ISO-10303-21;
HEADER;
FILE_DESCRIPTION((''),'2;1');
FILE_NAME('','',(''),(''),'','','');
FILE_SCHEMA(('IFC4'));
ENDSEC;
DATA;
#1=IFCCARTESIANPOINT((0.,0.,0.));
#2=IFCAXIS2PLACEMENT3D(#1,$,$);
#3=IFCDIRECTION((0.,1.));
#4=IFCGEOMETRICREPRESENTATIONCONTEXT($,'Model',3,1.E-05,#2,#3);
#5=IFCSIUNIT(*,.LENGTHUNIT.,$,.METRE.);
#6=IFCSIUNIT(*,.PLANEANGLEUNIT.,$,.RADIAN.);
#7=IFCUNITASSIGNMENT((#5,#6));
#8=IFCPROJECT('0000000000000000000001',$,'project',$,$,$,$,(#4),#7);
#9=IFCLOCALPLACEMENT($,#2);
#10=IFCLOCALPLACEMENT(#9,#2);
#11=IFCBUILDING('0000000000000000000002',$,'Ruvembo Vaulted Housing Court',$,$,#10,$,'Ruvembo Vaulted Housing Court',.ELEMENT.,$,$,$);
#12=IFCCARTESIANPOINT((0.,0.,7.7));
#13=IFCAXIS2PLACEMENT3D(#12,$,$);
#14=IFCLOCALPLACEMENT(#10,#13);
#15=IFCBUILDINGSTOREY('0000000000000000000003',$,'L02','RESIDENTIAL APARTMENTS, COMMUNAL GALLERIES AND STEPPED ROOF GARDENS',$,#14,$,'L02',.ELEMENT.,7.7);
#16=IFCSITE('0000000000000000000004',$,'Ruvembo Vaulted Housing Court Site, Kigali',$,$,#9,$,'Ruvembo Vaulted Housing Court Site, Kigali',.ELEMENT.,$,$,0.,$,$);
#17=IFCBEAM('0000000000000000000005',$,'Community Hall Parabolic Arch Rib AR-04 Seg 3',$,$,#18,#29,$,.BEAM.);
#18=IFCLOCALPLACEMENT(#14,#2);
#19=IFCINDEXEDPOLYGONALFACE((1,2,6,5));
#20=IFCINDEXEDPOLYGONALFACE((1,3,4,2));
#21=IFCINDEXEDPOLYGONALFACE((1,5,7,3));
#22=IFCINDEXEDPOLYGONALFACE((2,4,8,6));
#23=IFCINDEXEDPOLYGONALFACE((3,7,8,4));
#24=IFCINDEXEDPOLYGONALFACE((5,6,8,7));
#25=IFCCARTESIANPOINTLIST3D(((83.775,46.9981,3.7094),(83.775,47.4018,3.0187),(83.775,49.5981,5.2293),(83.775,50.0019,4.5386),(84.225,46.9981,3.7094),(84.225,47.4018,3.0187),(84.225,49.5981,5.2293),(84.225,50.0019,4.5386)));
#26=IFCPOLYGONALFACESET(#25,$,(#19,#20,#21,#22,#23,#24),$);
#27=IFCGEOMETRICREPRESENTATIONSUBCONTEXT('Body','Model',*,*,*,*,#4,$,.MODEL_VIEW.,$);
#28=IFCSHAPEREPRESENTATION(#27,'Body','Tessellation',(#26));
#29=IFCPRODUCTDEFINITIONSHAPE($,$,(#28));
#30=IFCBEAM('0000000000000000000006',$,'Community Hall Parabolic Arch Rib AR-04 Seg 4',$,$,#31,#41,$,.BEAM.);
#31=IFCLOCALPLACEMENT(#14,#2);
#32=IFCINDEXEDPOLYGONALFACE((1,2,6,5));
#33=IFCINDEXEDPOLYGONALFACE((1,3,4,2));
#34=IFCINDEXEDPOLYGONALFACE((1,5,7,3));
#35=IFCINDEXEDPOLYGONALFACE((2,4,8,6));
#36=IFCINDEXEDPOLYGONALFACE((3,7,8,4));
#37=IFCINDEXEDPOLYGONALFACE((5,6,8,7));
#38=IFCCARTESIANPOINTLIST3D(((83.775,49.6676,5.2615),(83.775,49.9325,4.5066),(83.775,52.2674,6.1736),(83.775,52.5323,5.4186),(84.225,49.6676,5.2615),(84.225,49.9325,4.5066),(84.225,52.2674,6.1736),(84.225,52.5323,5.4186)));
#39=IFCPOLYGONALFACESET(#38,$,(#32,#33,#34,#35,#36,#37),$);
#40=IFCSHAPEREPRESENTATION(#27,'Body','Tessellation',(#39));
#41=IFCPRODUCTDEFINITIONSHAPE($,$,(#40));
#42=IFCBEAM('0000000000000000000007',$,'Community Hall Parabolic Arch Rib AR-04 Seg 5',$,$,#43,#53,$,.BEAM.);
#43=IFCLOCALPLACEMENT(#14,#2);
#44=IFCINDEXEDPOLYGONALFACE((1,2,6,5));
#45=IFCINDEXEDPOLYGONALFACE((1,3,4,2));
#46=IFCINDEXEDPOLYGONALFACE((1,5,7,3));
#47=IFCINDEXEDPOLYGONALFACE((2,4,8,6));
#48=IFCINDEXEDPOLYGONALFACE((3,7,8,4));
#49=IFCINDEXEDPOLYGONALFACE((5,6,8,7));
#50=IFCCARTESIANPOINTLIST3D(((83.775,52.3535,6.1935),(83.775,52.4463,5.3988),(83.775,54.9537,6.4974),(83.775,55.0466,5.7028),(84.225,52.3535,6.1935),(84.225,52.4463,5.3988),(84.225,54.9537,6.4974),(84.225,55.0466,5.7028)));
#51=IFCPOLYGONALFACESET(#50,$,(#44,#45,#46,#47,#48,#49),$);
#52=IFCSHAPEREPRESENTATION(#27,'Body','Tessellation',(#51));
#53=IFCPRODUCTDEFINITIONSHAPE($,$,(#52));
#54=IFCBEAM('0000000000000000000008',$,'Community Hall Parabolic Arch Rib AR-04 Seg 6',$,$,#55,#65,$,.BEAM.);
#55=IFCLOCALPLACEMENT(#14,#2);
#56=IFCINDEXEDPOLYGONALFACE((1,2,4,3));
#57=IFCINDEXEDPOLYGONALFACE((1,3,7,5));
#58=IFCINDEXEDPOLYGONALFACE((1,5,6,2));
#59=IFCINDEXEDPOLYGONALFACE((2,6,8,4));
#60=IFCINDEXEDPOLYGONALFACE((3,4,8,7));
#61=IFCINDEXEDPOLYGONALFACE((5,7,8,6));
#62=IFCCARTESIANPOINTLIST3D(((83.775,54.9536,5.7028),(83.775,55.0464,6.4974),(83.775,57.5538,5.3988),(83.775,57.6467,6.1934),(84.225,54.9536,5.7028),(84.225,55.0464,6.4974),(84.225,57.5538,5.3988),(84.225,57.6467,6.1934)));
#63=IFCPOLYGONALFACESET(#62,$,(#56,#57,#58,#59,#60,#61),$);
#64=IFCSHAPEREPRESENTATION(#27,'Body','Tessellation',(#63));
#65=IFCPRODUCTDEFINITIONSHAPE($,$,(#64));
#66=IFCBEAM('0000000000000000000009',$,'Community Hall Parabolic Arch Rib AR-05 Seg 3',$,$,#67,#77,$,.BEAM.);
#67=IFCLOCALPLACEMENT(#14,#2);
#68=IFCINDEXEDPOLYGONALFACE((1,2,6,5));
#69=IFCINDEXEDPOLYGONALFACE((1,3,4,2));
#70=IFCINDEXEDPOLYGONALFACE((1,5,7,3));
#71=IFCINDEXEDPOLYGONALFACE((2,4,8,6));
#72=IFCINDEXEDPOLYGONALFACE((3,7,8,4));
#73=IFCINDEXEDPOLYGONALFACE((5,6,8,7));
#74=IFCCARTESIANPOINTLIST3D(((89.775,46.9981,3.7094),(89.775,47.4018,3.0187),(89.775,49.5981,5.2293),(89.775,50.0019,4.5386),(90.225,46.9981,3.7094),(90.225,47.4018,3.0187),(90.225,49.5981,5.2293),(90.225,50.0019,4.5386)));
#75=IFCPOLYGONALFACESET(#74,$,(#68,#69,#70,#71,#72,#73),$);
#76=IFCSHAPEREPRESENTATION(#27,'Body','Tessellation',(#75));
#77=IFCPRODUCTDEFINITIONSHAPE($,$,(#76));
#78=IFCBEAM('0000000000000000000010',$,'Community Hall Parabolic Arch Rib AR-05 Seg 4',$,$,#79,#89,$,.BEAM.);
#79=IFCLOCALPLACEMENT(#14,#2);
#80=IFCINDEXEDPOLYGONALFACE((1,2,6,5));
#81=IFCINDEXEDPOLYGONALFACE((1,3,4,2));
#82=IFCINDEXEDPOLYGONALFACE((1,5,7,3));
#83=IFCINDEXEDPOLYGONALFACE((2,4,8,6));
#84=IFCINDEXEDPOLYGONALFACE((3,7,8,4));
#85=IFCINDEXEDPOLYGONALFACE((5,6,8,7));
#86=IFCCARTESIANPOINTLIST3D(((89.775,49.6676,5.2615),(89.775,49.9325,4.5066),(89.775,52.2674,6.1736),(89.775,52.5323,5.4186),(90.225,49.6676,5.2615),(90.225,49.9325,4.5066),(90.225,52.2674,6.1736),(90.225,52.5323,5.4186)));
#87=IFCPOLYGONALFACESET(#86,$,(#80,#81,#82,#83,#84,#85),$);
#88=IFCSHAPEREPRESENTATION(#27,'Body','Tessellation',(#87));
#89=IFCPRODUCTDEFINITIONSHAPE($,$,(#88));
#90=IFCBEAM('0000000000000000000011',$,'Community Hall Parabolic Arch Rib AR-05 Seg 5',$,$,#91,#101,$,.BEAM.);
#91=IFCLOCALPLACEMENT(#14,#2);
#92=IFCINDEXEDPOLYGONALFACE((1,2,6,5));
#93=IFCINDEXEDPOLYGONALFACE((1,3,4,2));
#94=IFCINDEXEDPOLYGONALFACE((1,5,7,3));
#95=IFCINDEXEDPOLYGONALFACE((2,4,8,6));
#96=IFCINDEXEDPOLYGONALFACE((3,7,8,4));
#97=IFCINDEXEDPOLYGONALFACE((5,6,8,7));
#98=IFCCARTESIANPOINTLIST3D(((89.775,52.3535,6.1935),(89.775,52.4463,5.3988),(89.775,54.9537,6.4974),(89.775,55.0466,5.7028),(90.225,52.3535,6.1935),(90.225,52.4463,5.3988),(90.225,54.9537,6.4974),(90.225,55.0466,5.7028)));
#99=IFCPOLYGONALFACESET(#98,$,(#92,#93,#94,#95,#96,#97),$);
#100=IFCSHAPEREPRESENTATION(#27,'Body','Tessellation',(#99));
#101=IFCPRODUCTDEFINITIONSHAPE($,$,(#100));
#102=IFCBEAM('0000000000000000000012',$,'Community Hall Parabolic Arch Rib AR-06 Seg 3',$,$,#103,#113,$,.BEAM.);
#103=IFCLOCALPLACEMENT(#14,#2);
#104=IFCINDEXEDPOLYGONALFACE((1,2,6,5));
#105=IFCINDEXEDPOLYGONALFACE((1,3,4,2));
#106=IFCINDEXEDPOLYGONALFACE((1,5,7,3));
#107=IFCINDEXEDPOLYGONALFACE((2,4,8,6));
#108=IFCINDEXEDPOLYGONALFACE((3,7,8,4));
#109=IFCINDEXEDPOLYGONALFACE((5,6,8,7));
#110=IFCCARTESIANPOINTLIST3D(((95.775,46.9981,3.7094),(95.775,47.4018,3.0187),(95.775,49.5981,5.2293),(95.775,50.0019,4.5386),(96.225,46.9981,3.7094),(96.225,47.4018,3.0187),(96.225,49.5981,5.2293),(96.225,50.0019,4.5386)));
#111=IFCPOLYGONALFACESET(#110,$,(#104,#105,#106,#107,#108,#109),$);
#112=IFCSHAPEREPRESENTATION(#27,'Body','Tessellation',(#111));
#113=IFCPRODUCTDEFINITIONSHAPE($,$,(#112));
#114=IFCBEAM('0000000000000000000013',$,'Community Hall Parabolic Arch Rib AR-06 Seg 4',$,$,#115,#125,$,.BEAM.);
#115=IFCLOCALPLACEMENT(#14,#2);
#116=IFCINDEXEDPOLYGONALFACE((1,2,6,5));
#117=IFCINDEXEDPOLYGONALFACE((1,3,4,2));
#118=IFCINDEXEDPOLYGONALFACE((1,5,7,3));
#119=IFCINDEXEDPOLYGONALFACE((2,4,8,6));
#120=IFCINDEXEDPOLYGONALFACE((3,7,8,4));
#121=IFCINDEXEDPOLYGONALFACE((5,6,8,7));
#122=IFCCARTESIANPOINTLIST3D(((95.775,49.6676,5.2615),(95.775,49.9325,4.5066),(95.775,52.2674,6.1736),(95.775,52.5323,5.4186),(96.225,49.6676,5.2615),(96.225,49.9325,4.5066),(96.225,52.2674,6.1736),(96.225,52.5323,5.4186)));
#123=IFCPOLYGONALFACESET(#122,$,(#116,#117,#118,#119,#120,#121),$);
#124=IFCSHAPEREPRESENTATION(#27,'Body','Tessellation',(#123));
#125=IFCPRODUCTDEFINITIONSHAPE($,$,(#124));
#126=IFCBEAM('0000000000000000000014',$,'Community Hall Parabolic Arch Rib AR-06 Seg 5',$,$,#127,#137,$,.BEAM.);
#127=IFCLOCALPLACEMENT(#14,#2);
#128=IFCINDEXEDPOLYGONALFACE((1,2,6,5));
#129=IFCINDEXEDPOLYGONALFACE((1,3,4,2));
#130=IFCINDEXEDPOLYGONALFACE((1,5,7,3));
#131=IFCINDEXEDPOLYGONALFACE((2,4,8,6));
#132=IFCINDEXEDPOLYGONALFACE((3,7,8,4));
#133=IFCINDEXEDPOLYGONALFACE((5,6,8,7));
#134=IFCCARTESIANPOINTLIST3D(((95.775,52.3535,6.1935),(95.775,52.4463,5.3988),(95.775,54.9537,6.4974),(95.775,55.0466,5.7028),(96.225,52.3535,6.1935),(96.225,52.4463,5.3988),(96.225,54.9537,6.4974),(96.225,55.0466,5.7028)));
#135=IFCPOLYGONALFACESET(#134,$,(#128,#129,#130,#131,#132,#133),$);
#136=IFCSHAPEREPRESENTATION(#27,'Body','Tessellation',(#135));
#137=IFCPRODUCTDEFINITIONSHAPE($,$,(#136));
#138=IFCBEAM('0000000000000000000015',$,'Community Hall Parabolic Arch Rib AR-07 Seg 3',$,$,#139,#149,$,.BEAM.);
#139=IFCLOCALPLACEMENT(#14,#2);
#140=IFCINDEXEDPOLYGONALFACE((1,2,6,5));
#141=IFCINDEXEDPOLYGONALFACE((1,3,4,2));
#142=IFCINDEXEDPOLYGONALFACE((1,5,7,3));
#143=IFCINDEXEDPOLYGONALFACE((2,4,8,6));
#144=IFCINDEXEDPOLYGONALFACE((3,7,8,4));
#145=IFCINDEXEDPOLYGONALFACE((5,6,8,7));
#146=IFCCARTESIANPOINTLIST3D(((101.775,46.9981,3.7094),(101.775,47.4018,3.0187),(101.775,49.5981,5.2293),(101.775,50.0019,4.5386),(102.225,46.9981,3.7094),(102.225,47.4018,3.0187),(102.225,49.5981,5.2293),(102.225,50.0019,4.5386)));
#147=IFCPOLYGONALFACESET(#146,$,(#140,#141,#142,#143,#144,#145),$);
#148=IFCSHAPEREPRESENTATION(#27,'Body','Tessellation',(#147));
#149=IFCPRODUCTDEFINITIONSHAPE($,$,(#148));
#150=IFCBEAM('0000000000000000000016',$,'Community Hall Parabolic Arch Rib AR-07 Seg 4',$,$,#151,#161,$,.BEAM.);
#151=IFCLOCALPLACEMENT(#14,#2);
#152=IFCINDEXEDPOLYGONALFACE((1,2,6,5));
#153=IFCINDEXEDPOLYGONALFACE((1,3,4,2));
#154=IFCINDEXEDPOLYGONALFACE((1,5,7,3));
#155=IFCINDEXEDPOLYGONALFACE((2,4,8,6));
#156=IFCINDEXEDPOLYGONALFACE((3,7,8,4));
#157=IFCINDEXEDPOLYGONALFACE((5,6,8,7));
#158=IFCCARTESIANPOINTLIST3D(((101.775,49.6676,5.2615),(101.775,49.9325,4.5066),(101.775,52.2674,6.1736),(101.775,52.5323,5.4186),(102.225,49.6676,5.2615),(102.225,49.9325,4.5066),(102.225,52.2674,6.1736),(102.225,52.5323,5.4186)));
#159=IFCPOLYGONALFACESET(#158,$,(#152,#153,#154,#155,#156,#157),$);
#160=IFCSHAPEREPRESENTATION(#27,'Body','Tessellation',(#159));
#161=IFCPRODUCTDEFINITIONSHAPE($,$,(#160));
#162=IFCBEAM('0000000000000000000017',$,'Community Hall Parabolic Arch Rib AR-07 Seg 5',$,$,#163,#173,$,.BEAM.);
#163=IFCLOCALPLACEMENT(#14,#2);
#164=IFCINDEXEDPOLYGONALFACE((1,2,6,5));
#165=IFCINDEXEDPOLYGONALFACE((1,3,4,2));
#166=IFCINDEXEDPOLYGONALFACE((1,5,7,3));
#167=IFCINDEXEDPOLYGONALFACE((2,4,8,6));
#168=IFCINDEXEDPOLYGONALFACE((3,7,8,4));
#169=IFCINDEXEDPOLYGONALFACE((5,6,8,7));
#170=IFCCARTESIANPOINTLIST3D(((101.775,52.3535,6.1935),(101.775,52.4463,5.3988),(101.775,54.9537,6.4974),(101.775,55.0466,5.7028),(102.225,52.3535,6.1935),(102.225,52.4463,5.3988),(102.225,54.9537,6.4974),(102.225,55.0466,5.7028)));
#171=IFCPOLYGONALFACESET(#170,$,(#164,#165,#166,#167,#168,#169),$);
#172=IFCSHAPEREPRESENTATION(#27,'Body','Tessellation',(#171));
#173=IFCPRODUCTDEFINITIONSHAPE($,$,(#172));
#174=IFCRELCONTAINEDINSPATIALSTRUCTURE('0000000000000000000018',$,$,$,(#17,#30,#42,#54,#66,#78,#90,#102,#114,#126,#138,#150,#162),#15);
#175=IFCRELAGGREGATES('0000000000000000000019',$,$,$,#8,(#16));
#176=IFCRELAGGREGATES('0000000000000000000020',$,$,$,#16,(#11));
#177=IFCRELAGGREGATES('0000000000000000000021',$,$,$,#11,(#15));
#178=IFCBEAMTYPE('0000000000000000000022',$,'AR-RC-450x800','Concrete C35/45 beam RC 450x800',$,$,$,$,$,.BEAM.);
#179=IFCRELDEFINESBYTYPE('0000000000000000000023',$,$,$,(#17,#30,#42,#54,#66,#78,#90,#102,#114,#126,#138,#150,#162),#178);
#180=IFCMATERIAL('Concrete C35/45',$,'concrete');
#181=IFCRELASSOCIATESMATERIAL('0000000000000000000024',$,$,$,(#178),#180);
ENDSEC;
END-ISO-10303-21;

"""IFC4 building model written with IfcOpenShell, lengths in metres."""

from ifc_helpers import new_model, si_unit, direction, frame, origin, origin_2d, place, context, subcontext, project, spatial, rectangle, extrude, material, material_profile, profile_set, type_object, element, save


model = new_model("IFC4")

# Units and contexts
model_context = context("Model", 3, precision=1e-05, world=origin(), true_north=direction((0.0, 1.0)))
body_context = subcontext(model_context, "Body", "Model", "MODEL_VIEW")
ifc_project = project(units=[si_unit("LENGTHUNIT", "METRE"), si_unit("PLANEANGLEUNIT", "RADIAN")], contexts=[model_context])

# Site, building, storey
site_placement = place(None, origin())
site = spatial("IfcSite", under=ifc_project, at=site_placement, Name="Ruvembo Vaulted Housing Court Site, Kigali", LongName="Ruvembo Vaulted Housing Court Site, Kigali", CompositionType="ELEMENT", RefElevation=0.0)
building_placement = place(site_placement, origin())
building = spatial("IfcBuilding", under=site, at=building_placement, Name="Ruvembo Vaulted Housing Court", LongName="Ruvembo Vaulted Housing Court", CompositionType="ELEMENT")
storey_placement = place(building_placement, frame((0.0, 0.0, 7.7)))
storey = spatial("IfcBuildingStorey", under=building, at=storey_placement, Name="L02", Description="RESIDENTIAL APARTMENTS, COMMUNAL GALLERIES AND STEPPED ROOF GARDENS", LongName="L02", CompositionType="ELEMENT", Elevation=7.7)

# Beams
ifc_material_1 = material(Name="Concrete C35/45", Category="concrete")
ifc_material_profile_1 = material_profile(ifc_material_1, rectangle(XDim=0.45, YDim=0.8, at=origin_2d()), Name="RC 450x800")
ifc_profile_set_1 = profile_set([ifc_material_profile_1], Name="Concrete C35/45")
beam_type_1 = type_object("IfcBeamType", Name="AR-RC-450x800", Description="Concrete C35/45 beam RC 450x800", PredefinedType="BEAM", material=ifc_profile_set_1)
beam_1_placement = place(storey_placement, frame((84.0, 47.2, 3.364), z_axis=(0.0, 0.863302, 0.504687), x_axis=(-1.0, 0.0, 0.0)))
element("IfcBeam", 1, at=beam_1_placement, inside=storey, type_object=beam_type_1, Name="Community Hall Parabolic Arch Rib AR-04 Seg 3", PredefinedType="BEAM", context=body_context, shape_type="SweptSolid", body=[
    extrude(rectangle(XDim=0.45, YDim=0.8, at=origin_2d()), origin(), (0.0, 0.0, 1.0), 3.0117),
])
beam_2_placement = place(storey_placement, frame((84.0, 49.8, 4.884), z_axis=(0.0, 0.943614, 0.331049), x_axis=(-1.0, 0.0, 0.0)))
element("IfcBeam", 2, at=beam_2_placement, inside=storey, type_object=beam_type_1, Name="Community Hall Parabolic Arch Rib AR-04 Seg 4", PredefinedType="BEAM", context=body_context, shape_type="SweptSolid", body=[
    extrude(rectangle(XDim=0.45, YDim=0.8, at=origin_2d()), origin(), (0.0, 0.0, 1.0), 2.7551),
])
for number, where, z_axis, x_axis, name in (
    (3, (84.0, 52.3999, 5.7961), (0.0, 0.993236, 0.116111), (-1.0, 0.0, 0.0), "Community Hall Parabolic Arch Rib AR-04 Seg 5"),
    (4, (84.0, 55.0, 6.1001), (0.0, 0.993236, -0.116111), (-1.0, 0.0, 0.0), "Community Hall Parabolic Arch Rib AR-04 Seg 6"),
):
    element("IfcBeam", number, at=place(storey_placement, frame(where, z_axis=z_axis, x_axis=x_axis)), inside=storey, type_object=beam_type_1, Name=name, PredefinedType="BEAM", context=body_context, shape_type="SweptSolid", body=[
        extrude(rectangle(XDim=0.45, YDim=0.8, at=origin_2d()), origin(), (0.0, 0.0, 1.0), 2.6179),
    ])
beam_3_placement = place(storey_placement, frame((90.0, 47.2, 3.364), z_axis=(0.0, 0.863302, 0.504687), x_axis=(-1.0, 0.0, 0.0)))
element("IfcBeam", 5, at=beam_3_placement, inside=storey, type_object=beam_type_1, Name="Community Hall Parabolic Arch Rib AR-05 Seg 3", PredefinedType="BEAM", context=body_context, shape_type="SweptSolid", body=[
    extrude(rectangle(XDim=0.45, YDim=0.8, at=origin_2d()), origin(), (0.0, 0.0, 1.0), 3.0117),
])
beam_4_placement = place(storey_placement, frame((90.0, 49.8, 4.884), z_axis=(0.0, 0.943614, 0.331049), x_axis=(-1.0, 0.0, 0.0)))
element("IfcBeam", 6, at=beam_4_placement, inside=storey, type_object=beam_type_1, Name="Community Hall Parabolic Arch Rib AR-05 Seg 4", PredefinedType="BEAM", context=body_context, shape_type="SweptSolid", body=[
    extrude(rectangle(XDim=0.45, YDim=0.8, at=origin_2d()), origin(), (0.0, 0.0, 1.0), 2.7551),
])
beam_5_placement = place(storey_placement, frame((90.0, 52.3999, 5.7961), z_axis=(0.0, 0.993236, 0.116111), x_axis=(-1.0, 0.0, 0.0)))
element("IfcBeam", 7, at=beam_5_placement, inside=storey, type_object=beam_type_1, Name="Community Hall Parabolic Arch Rib AR-05 Seg 5", PredefinedType="BEAM", context=body_context, shape_type="SweptSolid", body=[
    extrude(rectangle(XDim=0.45, YDim=0.8, at=origin_2d()), origin(), (0.0, 0.0, 1.0), 2.6179),
])
beam_6_placement = place(storey_placement, frame((96.0, 47.2, 3.364), z_axis=(0.0, 0.863302, 0.504687), x_axis=(-1.0, 0.0, 0.0)))
element("IfcBeam", 8, at=beam_6_placement, inside=storey, type_object=beam_type_1, Name="Community Hall Parabolic Arch Rib AR-06 Seg 3", PredefinedType="BEAM", context=body_context, shape_type="SweptSolid", body=[
    extrude(rectangle(XDim=0.45, YDim=0.8, at=origin_2d()), origin(), (0.0, 0.0, 1.0), 3.0117),
])
beam_7_placement = place(storey_placement, frame((96.0, 49.8, 4.884), z_axis=(0.0, 0.943614, 0.331049), x_axis=(-1.0, 0.0, 0.0)))
element("IfcBeam", 9, at=beam_7_placement, inside=storey, type_object=beam_type_1, Name="Community Hall Parabolic Arch Rib AR-06 Seg 4", PredefinedType="BEAM", context=body_context, shape_type="SweptSolid", body=[
    extrude(rectangle(XDim=0.45, YDim=0.8, at=origin_2d()), origin(), (0.0, 0.0, 1.0), 2.7551),
])
beam_8_placement = place(storey_placement, frame((96.0, 52.3999, 5.7961), z_axis=(0.0, 0.993236, 0.116111), x_axis=(-1.0, 0.0, 0.0)))
element("IfcBeam", 10, at=beam_8_placement, inside=storey, type_object=beam_type_1, Name="Community Hall Parabolic Arch Rib AR-06 Seg 5", PredefinedType="BEAM", context=body_context, shape_type="SweptSolid", body=[
    extrude(rectangle(XDim=0.45, YDim=0.8, at=origin_2d()), origin(), (0.0, 0.0, 1.0), 2.6179),
])
beam_9_placement = place(storey_placement, frame((102.0, 47.2, 3.364), z_axis=(0.0, 0.863302, 0.504687), x_axis=(-1.0, 0.0, 0.0)))
element("IfcBeam", 11, at=beam_9_placement, inside=storey, type_object=beam_type_1, Name="Community Hall Parabolic Arch Rib AR-07 Seg 3", PredefinedType="BEAM", context=body_context, shape_type="SweptSolid", body=[
    extrude(rectangle(XDim=0.45, YDim=0.8, at=origin_2d()), origin(), (0.0, 0.0, 1.0), 3.0117),
])
beam_10_placement = place(storey_placement, frame((102.0, 49.8, 4.884), z_axis=(0.0, 0.943614, 0.331049), x_axis=(-1.0, 0.0, 0.0)))
element("IfcBeam", 12, at=beam_10_placement, inside=storey, type_object=beam_type_1, Name="Community Hall Parabolic Arch Rib AR-07 Seg 4", PredefinedType="BEAM", context=body_context, shape_type="SweptSolid", body=[
    extrude(rectangle(XDim=0.45, YDim=0.8, at=origin_2d()), origin(), (0.0, 0.0, 1.0), 2.7551),
])
beam_11_placement = place(storey_placement, frame((102.0, 52.3999, 5.7961), z_axis=(0.0, 0.993236, 0.116111), x_axis=(-1.0, 0.0, 0.0)))
element("IfcBeam", 13, at=beam_11_placement, inside=storey, type_object=beam_type_1, Name="Community Hall Parabolic Arch Rib AR-07 Seg 5", PredefinedType="BEAM", context=body_context, shape_type="SweptSolid", body=[
    extrude(rectangle(XDim=0.45, YDim=0.8, at=origin_2d()), origin(), (0.0, 0.0, 1.0), 2.6179),
])

save(model, "model.ifc")
